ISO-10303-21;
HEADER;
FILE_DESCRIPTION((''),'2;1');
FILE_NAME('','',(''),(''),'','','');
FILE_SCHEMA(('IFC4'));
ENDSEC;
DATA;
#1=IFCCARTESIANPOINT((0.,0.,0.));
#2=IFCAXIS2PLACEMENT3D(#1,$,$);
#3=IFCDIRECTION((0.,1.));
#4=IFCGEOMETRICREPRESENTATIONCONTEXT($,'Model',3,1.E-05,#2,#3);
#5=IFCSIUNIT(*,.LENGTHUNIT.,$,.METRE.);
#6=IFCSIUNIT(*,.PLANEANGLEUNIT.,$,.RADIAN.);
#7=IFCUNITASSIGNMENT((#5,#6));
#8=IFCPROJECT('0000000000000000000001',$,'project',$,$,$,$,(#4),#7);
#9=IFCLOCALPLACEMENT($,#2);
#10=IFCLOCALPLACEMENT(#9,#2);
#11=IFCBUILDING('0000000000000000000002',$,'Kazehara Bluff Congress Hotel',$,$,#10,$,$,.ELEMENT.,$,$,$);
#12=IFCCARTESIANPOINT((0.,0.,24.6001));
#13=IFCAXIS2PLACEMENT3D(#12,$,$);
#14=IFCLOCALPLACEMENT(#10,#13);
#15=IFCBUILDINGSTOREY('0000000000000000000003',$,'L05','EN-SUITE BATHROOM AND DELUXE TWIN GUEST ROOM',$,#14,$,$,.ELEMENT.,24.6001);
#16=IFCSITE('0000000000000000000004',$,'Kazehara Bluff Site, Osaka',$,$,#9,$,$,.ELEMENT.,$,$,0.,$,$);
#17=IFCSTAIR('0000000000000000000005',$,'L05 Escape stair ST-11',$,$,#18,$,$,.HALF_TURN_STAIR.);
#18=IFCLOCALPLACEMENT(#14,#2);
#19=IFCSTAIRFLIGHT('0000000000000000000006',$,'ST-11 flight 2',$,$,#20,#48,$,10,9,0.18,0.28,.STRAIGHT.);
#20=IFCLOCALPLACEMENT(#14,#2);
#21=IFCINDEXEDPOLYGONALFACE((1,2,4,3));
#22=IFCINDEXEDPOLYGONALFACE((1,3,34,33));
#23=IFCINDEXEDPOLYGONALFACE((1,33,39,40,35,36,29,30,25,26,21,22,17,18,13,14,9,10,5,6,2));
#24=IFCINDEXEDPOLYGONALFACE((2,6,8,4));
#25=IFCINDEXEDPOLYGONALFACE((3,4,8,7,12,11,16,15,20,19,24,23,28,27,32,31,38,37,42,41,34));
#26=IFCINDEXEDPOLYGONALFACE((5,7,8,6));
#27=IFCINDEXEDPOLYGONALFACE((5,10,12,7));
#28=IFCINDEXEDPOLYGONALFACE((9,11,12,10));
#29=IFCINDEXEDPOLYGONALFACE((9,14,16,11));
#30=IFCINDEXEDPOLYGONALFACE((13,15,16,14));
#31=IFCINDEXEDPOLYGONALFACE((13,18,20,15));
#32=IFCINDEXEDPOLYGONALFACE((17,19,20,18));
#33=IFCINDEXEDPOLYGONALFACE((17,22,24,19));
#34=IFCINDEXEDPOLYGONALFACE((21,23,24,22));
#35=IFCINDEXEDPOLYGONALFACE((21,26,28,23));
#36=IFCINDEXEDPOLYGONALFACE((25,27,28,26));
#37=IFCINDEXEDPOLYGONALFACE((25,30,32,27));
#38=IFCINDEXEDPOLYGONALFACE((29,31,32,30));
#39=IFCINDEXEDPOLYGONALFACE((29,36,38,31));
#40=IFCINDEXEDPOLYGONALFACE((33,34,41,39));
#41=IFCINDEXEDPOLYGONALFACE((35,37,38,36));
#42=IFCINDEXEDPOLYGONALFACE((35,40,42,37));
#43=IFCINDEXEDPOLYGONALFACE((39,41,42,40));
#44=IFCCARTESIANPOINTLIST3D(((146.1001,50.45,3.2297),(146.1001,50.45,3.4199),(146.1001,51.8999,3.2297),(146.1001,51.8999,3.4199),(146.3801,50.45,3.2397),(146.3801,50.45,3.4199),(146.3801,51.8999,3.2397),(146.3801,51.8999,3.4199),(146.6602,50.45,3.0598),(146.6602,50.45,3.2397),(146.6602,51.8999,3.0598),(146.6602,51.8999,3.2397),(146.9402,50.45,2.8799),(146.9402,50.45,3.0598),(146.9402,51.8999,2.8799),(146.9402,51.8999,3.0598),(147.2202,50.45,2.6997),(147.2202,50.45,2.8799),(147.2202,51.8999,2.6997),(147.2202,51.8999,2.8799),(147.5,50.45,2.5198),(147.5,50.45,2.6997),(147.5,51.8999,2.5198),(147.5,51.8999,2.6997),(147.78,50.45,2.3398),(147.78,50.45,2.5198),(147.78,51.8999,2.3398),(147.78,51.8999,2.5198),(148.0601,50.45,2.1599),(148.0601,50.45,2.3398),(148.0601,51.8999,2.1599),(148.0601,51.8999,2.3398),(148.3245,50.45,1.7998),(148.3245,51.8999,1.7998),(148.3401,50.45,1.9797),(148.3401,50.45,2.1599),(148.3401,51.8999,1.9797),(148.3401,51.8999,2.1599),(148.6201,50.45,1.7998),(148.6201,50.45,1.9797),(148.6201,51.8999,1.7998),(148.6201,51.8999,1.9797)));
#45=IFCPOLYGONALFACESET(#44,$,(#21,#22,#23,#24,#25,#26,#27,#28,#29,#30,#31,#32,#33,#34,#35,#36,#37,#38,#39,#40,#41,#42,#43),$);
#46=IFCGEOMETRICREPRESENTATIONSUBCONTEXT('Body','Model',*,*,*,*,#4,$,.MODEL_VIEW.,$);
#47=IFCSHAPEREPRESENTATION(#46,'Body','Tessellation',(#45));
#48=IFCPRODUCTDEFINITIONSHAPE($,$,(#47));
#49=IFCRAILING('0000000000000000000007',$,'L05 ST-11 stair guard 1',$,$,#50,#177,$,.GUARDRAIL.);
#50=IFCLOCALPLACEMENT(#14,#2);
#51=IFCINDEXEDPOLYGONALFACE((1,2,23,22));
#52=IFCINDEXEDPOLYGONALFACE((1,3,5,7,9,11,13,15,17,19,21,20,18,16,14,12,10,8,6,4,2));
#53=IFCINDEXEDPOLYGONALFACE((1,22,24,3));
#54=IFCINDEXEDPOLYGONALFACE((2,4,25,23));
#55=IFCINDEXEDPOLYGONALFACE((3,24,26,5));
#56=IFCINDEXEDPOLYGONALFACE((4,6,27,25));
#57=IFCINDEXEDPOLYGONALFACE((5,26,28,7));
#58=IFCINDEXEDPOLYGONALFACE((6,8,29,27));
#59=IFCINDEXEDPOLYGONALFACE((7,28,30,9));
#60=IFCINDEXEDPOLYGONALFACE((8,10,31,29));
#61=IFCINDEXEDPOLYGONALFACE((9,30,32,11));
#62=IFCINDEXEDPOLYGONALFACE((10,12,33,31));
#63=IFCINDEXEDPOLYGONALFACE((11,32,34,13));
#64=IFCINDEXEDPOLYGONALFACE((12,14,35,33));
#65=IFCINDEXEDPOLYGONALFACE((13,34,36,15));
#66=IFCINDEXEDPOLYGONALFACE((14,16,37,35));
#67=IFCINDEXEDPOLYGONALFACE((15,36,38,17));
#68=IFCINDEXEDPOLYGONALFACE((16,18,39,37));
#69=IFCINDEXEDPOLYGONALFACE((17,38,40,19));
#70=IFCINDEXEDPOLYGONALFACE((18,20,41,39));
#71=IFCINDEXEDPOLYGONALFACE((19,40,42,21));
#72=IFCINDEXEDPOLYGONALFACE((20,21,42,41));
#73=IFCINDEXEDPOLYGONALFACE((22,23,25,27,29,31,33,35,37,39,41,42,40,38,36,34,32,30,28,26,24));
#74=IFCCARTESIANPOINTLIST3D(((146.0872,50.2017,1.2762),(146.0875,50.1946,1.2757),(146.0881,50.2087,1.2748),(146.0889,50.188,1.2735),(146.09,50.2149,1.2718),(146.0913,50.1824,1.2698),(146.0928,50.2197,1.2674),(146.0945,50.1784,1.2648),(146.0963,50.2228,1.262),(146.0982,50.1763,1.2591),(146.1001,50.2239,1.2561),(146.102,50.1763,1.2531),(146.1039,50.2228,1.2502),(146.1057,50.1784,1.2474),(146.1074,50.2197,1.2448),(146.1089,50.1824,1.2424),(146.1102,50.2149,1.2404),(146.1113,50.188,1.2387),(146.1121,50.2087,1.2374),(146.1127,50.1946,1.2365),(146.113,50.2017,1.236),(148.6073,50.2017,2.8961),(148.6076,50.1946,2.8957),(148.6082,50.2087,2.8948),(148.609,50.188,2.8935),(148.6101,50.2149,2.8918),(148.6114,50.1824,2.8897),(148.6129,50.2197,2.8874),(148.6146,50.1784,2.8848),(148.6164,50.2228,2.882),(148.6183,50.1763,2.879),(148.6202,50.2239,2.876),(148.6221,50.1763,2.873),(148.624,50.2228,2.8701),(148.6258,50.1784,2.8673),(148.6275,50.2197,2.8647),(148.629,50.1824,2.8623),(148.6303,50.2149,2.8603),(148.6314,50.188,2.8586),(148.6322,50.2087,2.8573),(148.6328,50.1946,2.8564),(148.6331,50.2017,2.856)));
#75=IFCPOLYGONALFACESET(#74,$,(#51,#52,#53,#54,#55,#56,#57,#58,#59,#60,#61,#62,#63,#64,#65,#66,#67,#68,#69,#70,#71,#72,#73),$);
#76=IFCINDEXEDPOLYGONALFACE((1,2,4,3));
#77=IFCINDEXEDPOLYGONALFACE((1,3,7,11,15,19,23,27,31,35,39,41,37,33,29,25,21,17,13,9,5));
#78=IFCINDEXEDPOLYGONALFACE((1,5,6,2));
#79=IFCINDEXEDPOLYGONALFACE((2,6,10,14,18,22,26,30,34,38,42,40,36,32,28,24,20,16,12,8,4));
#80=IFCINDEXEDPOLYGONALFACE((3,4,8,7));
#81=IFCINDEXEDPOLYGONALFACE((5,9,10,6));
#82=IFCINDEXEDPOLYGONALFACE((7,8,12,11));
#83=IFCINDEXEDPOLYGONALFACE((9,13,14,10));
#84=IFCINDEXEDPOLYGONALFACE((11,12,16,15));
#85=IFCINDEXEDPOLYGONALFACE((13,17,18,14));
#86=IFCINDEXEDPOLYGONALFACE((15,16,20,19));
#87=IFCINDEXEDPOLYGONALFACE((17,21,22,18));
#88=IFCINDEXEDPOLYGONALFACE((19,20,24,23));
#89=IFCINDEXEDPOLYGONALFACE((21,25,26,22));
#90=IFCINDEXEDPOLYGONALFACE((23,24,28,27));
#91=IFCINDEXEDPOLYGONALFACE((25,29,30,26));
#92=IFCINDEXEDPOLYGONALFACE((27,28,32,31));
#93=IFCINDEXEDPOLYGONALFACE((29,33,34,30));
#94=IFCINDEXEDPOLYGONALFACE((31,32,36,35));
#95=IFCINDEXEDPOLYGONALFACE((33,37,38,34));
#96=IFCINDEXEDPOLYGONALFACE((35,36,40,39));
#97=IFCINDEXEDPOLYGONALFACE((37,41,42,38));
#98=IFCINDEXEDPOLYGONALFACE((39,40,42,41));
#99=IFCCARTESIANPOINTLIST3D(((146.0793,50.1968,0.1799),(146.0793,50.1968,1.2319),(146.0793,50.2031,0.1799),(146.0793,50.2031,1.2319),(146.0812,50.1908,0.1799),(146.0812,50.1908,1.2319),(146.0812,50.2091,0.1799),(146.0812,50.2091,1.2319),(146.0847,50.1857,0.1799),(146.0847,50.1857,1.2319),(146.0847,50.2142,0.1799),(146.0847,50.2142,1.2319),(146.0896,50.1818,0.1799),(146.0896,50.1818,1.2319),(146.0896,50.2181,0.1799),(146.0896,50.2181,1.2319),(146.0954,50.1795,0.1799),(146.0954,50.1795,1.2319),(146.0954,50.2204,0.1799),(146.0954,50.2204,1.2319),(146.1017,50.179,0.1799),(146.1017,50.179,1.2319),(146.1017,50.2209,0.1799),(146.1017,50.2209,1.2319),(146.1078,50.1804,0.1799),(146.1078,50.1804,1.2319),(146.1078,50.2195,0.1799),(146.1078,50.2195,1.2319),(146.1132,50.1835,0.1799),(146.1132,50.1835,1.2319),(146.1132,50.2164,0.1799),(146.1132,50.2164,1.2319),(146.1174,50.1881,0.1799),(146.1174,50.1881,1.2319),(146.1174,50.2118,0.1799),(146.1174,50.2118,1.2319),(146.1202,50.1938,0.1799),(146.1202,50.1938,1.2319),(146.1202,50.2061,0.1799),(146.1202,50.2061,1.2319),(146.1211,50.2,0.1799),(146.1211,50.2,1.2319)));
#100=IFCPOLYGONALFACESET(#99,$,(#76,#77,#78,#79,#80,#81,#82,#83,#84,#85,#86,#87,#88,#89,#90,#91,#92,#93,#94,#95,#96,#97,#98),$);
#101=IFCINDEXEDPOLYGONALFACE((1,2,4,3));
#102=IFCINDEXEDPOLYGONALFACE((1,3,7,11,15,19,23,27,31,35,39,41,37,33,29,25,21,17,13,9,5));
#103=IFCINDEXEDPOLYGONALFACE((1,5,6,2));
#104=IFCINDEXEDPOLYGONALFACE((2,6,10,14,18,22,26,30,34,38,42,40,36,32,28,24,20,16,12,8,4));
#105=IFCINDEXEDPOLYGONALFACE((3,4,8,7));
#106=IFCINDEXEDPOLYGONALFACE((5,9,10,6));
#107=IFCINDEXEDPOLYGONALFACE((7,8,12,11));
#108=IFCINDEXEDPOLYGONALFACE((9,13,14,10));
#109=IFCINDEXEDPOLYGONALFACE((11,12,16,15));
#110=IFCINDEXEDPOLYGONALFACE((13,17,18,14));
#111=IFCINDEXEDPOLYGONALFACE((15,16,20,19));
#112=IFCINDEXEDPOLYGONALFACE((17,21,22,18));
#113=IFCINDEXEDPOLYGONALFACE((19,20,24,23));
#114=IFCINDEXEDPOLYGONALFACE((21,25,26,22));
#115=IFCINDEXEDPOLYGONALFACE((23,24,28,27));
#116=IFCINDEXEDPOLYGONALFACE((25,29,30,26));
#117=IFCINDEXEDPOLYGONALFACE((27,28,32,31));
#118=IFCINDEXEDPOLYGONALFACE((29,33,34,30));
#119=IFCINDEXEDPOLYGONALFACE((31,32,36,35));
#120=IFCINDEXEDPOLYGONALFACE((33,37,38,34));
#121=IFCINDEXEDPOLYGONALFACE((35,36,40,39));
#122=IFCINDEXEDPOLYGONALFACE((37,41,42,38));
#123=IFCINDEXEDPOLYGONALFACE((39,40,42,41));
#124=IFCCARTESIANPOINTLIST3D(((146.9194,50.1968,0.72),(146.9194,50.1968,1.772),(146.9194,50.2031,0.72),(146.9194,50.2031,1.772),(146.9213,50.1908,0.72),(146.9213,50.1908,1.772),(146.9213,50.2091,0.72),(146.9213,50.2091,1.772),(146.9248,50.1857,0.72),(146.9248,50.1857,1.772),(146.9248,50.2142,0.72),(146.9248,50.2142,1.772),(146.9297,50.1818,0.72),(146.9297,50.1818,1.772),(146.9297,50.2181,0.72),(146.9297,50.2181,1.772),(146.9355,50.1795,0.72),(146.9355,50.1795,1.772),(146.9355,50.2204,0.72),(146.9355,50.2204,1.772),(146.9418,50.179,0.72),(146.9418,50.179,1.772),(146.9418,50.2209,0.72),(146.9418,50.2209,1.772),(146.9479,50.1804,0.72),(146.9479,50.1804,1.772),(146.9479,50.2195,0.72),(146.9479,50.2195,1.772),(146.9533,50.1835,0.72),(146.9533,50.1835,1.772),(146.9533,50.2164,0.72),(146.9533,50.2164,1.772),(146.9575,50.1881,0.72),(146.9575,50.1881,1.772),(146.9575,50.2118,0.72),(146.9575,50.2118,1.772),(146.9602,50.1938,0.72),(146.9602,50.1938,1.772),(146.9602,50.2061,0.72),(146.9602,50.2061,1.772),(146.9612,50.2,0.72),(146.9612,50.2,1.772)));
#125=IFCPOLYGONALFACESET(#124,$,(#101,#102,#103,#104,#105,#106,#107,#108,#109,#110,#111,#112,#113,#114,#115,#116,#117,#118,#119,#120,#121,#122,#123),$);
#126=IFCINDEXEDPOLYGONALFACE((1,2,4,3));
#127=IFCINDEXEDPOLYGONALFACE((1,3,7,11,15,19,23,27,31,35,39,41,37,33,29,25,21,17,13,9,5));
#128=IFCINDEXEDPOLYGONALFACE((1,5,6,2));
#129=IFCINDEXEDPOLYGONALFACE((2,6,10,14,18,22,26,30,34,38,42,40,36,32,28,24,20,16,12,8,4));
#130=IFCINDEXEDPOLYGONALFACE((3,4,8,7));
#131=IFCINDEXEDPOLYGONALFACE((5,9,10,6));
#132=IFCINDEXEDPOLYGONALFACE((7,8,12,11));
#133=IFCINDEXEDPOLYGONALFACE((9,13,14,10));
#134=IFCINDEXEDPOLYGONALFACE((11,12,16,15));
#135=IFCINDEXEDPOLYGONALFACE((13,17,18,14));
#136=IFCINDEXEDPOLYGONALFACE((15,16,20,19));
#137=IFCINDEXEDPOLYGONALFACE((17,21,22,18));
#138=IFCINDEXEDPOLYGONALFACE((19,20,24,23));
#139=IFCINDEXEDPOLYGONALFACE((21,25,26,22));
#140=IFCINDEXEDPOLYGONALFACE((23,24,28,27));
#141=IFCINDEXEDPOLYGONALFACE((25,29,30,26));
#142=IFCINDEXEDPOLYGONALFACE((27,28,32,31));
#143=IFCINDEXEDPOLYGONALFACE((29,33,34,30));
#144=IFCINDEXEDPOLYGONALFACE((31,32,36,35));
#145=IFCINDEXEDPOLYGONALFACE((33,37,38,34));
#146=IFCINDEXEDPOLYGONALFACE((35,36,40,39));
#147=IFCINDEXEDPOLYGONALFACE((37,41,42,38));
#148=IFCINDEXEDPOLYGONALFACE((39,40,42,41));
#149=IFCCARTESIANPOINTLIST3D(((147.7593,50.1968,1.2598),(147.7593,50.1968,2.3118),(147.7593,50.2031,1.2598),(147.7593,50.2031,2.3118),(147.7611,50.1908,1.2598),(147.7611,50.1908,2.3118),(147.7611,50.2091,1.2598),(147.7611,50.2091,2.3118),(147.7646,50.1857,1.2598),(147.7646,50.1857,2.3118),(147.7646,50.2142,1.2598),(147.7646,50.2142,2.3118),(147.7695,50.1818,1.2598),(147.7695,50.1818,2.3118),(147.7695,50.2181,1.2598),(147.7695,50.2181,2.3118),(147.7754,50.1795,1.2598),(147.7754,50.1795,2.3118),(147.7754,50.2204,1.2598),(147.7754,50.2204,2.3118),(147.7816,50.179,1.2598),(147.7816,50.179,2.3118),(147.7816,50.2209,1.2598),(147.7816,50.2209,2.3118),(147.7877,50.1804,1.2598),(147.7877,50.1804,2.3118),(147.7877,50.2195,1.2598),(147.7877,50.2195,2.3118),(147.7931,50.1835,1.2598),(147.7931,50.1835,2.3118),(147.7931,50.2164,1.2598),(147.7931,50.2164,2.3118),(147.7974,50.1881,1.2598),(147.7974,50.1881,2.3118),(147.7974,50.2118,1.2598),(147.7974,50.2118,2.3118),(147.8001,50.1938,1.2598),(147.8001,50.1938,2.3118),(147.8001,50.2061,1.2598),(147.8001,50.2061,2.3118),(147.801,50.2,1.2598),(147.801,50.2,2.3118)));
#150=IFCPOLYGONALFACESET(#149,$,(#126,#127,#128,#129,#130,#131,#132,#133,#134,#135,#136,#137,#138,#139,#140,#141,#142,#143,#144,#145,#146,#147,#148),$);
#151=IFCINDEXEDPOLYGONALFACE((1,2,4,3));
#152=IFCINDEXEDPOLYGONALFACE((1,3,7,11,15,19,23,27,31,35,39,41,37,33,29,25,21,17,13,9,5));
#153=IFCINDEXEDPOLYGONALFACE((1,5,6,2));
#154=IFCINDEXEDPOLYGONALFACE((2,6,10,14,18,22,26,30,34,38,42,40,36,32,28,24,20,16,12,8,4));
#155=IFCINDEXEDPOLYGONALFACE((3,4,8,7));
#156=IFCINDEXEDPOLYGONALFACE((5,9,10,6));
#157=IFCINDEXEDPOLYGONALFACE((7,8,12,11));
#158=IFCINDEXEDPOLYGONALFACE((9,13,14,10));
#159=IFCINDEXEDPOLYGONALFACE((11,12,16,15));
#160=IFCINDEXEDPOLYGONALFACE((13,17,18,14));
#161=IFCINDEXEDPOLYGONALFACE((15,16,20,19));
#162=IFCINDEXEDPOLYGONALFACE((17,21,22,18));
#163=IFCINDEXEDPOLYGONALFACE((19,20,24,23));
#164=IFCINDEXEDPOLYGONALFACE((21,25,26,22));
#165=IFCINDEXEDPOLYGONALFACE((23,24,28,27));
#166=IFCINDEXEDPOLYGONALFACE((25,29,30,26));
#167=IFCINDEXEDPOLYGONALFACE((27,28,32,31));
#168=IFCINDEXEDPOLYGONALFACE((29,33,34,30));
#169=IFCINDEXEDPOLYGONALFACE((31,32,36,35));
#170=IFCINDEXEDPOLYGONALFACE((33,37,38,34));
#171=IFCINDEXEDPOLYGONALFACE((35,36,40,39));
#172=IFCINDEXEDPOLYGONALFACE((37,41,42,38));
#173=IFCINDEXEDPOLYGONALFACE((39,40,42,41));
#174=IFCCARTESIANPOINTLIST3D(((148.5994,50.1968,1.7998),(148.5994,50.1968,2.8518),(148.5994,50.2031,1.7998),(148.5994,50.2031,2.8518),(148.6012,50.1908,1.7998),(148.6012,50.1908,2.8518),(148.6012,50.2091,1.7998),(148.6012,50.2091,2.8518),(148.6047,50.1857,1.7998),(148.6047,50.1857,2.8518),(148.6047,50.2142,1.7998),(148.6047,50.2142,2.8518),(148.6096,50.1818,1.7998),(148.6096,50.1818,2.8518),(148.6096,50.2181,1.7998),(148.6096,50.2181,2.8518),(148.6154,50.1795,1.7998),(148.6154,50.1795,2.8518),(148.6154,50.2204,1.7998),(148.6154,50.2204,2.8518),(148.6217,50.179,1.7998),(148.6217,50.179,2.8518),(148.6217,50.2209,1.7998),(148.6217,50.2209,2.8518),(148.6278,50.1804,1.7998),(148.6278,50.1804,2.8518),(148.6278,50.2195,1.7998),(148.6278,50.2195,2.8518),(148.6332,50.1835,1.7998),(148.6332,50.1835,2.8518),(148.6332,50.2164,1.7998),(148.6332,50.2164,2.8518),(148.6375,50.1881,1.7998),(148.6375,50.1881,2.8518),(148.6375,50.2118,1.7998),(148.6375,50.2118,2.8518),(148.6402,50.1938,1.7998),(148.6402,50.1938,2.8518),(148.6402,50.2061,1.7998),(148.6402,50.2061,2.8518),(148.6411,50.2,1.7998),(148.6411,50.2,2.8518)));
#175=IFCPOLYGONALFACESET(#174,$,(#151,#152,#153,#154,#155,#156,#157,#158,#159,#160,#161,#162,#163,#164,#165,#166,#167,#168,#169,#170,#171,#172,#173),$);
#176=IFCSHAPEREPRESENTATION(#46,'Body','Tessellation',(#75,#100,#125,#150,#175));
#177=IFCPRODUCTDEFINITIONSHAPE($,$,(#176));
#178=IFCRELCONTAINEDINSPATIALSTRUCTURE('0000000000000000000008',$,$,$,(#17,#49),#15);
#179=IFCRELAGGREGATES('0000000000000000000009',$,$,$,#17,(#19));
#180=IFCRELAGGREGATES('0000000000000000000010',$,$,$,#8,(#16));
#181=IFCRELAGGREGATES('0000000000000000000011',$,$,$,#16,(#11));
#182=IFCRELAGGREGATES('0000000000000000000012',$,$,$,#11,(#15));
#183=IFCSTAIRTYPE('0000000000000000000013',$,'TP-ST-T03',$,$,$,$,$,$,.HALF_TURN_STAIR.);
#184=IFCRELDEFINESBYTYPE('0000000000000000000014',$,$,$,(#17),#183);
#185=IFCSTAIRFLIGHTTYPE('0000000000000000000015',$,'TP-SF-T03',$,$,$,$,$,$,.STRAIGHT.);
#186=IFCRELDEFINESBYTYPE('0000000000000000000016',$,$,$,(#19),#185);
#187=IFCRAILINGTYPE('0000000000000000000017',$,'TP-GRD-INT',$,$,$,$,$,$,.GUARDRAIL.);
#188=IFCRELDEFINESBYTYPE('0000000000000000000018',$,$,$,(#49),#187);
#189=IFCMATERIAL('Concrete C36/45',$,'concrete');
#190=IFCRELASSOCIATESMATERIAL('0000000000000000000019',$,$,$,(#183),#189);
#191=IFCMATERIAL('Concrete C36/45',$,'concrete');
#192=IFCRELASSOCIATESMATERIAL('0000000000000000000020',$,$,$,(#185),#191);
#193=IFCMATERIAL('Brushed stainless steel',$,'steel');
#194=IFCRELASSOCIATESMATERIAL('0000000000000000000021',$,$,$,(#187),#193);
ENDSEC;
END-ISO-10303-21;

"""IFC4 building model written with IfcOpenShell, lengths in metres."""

from ifc_helpers import new_model, si_unit, direction, frame, origin, origin_2d, place, context, subcontext, project, spatial, polyline, circle, outline, extrude, material, type_object, element, aggregate, save


model = new_model("IFC4")

# Units and contexts
model_context = context("Model", 3, precision=1e-05, world=origin(), true_north=direction((0.0, 1.0)))
body_context = subcontext(model_context, "Body", "Model", "MODEL_VIEW")
ifc_project = project(units=[si_unit("LENGTHUNIT", "METRE"), si_unit("PLANEANGLEUNIT", "RADIAN")], contexts=[model_context])

# Site, building, storey
site_placement = place(None, origin())
site = spatial("IfcSite", under=ifc_project, at=site_placement, Name="Kazehara Bluff Site, Osaka", CompositionType="ELEMENT", RefElevation=0.0)
building_placement = place(site_placement, origin())
building = spatial("IfcBuilding", under=site, at=building_placement, Name="Kazehara Bluff Congress Hotel", CompositionType="ELEMENT")
storey_placement = place(building_placement, frame((0.0, 0.0, 24.6001)))
storey = spatial("IfcBuildingStorey", under=building, at=storey_placement, Name="L05", Description="EN-SUITE BATHROOM AND DELUXE TWIN GUEST ROOM", CompositionType="ELEMENT", Elevation=24.6001)

# Stair, stair flight
ifc_material_1 = material(Name="Concrete C36/45", Category="concrete")
stair_type = type_object("IfcStairType", Name="TP-ST-T03", PredefinedType="HALF_TURN_STAIR", material=ifc_material_1)
stair_placement = place(storey_placement, origin())
stair = element("IfcStair", 1, at=stair_placement, inside=storey, type_object=stair_type, Name="L05 Escape stair ST-11", PredefinedType="HALF_TURN_STAIR")
ifc_material_2 = material(Name="Concrete C36/45", Category="concrete")
stair_flight_type = type_object("IfcStairFlightType", Name="TP-SF-T03", PredefinedType="STRAIGHT", material=ifc_material_2)
stair_flight_1_placement = place(storey_placement, frame((148.6201, 51.175, 1.7998), z_axis=(0.0, 0.0, 1.0), x_axis=(-1.0, 0.0, 0.0)))
stair_flight_1 = element("IfcStairFlight", 2, at=stair_flight_1_placement, type_object=stair_flight_type, Name="ST-11 flight 2", NumberOfRisers=10, NumberOfTreads=9, PredefinedType="STRAIGHT", RiserHeight=0.18, TreadLength=0.28, context=body_context, shape_type="SweptSolid", body=[
    extrude(outline(polyline([(0.0, 0.0), (0.0, 0.1799), (0.28, 0.1799), (0.28, 0.3601), (0.5601, 0.3601), (0.5601, 0.54), (0.8401, 0.54), (0.8401, 0.72), (1.1201, 0.72), (1.1201, 0.8999), (1.3999, 0.8999), (1.3999, 1.0801), (1.6799, 1.0801), (1.6799, 1.26), (1.96, 1.26), (1.96, 1.4399), (2.24, 1.4399), (2.24, 1.6201), (2.52, 1.6201), (2.52, 1.8), (2.52, 1.4299), (0.2957, 0.0), (0.0, 0.0)])), frame((0.0, 0.7251, 0.0), z_axis=(0.0, -1.0, 0.0), x_axis=(1.0, 0.0, 0.0)), (0.0, 0.0, 1.0), 1.45),
])
aggregate(stair, [stair_flight_1])

# Railing
ifc_material_3 = material(Name="Brushed stainless steel", Category="steel")
railing_type_1 = type_object("IfcRailingType", Name="TP-GRD-INT", PredefinedType="GUARDRAIL", material=ifc_material_3)
railing_1_placement = place(storey_placement, frame((146.1001, 50.2, 0.1799)))
element("IfcRailing", 3, at=railing_1_placement, inside=storey, type_object=railing_type_1, Name="L05 ST-11 stair guard 1", PredefinedType="GUARDRAIL", context=body_context, shape_type="SweptSolid", body=[
    extrude(circle(Radius=0.0239, at=origin_2d()), frame((0.0, 0.0, 1.0762), z_axis=(0.8412, 0.0, 0.540725), x_axis=(0.0, 1.0, 0.0)), (0.0, 0.0, 1.0), 2.9958),
    extrude(circle(Radius=0.021, at=origin_2d()), origin(), (0.0, 0.0, 1.0), 1.052),
    extrude(circle(Radius=0.021, at=origin_2d()), frame((0.8401, 0.0, 0.54)), (0.0, 0.0, 1.0), 1.052),
    extrude(circle(Radius=0.021, at=origin_2d()), frame((1.6799, 0.0, 1.0798)), (0.0, 0.0, 1.0), 1.052),
    extrude(circle(Radius=0.021, at=origin_2d()), frame((2.52, 0.0, 1.6199)), (0.0, 0.0, 1.0), 1.052),
])

save(model, "model.ifc")
